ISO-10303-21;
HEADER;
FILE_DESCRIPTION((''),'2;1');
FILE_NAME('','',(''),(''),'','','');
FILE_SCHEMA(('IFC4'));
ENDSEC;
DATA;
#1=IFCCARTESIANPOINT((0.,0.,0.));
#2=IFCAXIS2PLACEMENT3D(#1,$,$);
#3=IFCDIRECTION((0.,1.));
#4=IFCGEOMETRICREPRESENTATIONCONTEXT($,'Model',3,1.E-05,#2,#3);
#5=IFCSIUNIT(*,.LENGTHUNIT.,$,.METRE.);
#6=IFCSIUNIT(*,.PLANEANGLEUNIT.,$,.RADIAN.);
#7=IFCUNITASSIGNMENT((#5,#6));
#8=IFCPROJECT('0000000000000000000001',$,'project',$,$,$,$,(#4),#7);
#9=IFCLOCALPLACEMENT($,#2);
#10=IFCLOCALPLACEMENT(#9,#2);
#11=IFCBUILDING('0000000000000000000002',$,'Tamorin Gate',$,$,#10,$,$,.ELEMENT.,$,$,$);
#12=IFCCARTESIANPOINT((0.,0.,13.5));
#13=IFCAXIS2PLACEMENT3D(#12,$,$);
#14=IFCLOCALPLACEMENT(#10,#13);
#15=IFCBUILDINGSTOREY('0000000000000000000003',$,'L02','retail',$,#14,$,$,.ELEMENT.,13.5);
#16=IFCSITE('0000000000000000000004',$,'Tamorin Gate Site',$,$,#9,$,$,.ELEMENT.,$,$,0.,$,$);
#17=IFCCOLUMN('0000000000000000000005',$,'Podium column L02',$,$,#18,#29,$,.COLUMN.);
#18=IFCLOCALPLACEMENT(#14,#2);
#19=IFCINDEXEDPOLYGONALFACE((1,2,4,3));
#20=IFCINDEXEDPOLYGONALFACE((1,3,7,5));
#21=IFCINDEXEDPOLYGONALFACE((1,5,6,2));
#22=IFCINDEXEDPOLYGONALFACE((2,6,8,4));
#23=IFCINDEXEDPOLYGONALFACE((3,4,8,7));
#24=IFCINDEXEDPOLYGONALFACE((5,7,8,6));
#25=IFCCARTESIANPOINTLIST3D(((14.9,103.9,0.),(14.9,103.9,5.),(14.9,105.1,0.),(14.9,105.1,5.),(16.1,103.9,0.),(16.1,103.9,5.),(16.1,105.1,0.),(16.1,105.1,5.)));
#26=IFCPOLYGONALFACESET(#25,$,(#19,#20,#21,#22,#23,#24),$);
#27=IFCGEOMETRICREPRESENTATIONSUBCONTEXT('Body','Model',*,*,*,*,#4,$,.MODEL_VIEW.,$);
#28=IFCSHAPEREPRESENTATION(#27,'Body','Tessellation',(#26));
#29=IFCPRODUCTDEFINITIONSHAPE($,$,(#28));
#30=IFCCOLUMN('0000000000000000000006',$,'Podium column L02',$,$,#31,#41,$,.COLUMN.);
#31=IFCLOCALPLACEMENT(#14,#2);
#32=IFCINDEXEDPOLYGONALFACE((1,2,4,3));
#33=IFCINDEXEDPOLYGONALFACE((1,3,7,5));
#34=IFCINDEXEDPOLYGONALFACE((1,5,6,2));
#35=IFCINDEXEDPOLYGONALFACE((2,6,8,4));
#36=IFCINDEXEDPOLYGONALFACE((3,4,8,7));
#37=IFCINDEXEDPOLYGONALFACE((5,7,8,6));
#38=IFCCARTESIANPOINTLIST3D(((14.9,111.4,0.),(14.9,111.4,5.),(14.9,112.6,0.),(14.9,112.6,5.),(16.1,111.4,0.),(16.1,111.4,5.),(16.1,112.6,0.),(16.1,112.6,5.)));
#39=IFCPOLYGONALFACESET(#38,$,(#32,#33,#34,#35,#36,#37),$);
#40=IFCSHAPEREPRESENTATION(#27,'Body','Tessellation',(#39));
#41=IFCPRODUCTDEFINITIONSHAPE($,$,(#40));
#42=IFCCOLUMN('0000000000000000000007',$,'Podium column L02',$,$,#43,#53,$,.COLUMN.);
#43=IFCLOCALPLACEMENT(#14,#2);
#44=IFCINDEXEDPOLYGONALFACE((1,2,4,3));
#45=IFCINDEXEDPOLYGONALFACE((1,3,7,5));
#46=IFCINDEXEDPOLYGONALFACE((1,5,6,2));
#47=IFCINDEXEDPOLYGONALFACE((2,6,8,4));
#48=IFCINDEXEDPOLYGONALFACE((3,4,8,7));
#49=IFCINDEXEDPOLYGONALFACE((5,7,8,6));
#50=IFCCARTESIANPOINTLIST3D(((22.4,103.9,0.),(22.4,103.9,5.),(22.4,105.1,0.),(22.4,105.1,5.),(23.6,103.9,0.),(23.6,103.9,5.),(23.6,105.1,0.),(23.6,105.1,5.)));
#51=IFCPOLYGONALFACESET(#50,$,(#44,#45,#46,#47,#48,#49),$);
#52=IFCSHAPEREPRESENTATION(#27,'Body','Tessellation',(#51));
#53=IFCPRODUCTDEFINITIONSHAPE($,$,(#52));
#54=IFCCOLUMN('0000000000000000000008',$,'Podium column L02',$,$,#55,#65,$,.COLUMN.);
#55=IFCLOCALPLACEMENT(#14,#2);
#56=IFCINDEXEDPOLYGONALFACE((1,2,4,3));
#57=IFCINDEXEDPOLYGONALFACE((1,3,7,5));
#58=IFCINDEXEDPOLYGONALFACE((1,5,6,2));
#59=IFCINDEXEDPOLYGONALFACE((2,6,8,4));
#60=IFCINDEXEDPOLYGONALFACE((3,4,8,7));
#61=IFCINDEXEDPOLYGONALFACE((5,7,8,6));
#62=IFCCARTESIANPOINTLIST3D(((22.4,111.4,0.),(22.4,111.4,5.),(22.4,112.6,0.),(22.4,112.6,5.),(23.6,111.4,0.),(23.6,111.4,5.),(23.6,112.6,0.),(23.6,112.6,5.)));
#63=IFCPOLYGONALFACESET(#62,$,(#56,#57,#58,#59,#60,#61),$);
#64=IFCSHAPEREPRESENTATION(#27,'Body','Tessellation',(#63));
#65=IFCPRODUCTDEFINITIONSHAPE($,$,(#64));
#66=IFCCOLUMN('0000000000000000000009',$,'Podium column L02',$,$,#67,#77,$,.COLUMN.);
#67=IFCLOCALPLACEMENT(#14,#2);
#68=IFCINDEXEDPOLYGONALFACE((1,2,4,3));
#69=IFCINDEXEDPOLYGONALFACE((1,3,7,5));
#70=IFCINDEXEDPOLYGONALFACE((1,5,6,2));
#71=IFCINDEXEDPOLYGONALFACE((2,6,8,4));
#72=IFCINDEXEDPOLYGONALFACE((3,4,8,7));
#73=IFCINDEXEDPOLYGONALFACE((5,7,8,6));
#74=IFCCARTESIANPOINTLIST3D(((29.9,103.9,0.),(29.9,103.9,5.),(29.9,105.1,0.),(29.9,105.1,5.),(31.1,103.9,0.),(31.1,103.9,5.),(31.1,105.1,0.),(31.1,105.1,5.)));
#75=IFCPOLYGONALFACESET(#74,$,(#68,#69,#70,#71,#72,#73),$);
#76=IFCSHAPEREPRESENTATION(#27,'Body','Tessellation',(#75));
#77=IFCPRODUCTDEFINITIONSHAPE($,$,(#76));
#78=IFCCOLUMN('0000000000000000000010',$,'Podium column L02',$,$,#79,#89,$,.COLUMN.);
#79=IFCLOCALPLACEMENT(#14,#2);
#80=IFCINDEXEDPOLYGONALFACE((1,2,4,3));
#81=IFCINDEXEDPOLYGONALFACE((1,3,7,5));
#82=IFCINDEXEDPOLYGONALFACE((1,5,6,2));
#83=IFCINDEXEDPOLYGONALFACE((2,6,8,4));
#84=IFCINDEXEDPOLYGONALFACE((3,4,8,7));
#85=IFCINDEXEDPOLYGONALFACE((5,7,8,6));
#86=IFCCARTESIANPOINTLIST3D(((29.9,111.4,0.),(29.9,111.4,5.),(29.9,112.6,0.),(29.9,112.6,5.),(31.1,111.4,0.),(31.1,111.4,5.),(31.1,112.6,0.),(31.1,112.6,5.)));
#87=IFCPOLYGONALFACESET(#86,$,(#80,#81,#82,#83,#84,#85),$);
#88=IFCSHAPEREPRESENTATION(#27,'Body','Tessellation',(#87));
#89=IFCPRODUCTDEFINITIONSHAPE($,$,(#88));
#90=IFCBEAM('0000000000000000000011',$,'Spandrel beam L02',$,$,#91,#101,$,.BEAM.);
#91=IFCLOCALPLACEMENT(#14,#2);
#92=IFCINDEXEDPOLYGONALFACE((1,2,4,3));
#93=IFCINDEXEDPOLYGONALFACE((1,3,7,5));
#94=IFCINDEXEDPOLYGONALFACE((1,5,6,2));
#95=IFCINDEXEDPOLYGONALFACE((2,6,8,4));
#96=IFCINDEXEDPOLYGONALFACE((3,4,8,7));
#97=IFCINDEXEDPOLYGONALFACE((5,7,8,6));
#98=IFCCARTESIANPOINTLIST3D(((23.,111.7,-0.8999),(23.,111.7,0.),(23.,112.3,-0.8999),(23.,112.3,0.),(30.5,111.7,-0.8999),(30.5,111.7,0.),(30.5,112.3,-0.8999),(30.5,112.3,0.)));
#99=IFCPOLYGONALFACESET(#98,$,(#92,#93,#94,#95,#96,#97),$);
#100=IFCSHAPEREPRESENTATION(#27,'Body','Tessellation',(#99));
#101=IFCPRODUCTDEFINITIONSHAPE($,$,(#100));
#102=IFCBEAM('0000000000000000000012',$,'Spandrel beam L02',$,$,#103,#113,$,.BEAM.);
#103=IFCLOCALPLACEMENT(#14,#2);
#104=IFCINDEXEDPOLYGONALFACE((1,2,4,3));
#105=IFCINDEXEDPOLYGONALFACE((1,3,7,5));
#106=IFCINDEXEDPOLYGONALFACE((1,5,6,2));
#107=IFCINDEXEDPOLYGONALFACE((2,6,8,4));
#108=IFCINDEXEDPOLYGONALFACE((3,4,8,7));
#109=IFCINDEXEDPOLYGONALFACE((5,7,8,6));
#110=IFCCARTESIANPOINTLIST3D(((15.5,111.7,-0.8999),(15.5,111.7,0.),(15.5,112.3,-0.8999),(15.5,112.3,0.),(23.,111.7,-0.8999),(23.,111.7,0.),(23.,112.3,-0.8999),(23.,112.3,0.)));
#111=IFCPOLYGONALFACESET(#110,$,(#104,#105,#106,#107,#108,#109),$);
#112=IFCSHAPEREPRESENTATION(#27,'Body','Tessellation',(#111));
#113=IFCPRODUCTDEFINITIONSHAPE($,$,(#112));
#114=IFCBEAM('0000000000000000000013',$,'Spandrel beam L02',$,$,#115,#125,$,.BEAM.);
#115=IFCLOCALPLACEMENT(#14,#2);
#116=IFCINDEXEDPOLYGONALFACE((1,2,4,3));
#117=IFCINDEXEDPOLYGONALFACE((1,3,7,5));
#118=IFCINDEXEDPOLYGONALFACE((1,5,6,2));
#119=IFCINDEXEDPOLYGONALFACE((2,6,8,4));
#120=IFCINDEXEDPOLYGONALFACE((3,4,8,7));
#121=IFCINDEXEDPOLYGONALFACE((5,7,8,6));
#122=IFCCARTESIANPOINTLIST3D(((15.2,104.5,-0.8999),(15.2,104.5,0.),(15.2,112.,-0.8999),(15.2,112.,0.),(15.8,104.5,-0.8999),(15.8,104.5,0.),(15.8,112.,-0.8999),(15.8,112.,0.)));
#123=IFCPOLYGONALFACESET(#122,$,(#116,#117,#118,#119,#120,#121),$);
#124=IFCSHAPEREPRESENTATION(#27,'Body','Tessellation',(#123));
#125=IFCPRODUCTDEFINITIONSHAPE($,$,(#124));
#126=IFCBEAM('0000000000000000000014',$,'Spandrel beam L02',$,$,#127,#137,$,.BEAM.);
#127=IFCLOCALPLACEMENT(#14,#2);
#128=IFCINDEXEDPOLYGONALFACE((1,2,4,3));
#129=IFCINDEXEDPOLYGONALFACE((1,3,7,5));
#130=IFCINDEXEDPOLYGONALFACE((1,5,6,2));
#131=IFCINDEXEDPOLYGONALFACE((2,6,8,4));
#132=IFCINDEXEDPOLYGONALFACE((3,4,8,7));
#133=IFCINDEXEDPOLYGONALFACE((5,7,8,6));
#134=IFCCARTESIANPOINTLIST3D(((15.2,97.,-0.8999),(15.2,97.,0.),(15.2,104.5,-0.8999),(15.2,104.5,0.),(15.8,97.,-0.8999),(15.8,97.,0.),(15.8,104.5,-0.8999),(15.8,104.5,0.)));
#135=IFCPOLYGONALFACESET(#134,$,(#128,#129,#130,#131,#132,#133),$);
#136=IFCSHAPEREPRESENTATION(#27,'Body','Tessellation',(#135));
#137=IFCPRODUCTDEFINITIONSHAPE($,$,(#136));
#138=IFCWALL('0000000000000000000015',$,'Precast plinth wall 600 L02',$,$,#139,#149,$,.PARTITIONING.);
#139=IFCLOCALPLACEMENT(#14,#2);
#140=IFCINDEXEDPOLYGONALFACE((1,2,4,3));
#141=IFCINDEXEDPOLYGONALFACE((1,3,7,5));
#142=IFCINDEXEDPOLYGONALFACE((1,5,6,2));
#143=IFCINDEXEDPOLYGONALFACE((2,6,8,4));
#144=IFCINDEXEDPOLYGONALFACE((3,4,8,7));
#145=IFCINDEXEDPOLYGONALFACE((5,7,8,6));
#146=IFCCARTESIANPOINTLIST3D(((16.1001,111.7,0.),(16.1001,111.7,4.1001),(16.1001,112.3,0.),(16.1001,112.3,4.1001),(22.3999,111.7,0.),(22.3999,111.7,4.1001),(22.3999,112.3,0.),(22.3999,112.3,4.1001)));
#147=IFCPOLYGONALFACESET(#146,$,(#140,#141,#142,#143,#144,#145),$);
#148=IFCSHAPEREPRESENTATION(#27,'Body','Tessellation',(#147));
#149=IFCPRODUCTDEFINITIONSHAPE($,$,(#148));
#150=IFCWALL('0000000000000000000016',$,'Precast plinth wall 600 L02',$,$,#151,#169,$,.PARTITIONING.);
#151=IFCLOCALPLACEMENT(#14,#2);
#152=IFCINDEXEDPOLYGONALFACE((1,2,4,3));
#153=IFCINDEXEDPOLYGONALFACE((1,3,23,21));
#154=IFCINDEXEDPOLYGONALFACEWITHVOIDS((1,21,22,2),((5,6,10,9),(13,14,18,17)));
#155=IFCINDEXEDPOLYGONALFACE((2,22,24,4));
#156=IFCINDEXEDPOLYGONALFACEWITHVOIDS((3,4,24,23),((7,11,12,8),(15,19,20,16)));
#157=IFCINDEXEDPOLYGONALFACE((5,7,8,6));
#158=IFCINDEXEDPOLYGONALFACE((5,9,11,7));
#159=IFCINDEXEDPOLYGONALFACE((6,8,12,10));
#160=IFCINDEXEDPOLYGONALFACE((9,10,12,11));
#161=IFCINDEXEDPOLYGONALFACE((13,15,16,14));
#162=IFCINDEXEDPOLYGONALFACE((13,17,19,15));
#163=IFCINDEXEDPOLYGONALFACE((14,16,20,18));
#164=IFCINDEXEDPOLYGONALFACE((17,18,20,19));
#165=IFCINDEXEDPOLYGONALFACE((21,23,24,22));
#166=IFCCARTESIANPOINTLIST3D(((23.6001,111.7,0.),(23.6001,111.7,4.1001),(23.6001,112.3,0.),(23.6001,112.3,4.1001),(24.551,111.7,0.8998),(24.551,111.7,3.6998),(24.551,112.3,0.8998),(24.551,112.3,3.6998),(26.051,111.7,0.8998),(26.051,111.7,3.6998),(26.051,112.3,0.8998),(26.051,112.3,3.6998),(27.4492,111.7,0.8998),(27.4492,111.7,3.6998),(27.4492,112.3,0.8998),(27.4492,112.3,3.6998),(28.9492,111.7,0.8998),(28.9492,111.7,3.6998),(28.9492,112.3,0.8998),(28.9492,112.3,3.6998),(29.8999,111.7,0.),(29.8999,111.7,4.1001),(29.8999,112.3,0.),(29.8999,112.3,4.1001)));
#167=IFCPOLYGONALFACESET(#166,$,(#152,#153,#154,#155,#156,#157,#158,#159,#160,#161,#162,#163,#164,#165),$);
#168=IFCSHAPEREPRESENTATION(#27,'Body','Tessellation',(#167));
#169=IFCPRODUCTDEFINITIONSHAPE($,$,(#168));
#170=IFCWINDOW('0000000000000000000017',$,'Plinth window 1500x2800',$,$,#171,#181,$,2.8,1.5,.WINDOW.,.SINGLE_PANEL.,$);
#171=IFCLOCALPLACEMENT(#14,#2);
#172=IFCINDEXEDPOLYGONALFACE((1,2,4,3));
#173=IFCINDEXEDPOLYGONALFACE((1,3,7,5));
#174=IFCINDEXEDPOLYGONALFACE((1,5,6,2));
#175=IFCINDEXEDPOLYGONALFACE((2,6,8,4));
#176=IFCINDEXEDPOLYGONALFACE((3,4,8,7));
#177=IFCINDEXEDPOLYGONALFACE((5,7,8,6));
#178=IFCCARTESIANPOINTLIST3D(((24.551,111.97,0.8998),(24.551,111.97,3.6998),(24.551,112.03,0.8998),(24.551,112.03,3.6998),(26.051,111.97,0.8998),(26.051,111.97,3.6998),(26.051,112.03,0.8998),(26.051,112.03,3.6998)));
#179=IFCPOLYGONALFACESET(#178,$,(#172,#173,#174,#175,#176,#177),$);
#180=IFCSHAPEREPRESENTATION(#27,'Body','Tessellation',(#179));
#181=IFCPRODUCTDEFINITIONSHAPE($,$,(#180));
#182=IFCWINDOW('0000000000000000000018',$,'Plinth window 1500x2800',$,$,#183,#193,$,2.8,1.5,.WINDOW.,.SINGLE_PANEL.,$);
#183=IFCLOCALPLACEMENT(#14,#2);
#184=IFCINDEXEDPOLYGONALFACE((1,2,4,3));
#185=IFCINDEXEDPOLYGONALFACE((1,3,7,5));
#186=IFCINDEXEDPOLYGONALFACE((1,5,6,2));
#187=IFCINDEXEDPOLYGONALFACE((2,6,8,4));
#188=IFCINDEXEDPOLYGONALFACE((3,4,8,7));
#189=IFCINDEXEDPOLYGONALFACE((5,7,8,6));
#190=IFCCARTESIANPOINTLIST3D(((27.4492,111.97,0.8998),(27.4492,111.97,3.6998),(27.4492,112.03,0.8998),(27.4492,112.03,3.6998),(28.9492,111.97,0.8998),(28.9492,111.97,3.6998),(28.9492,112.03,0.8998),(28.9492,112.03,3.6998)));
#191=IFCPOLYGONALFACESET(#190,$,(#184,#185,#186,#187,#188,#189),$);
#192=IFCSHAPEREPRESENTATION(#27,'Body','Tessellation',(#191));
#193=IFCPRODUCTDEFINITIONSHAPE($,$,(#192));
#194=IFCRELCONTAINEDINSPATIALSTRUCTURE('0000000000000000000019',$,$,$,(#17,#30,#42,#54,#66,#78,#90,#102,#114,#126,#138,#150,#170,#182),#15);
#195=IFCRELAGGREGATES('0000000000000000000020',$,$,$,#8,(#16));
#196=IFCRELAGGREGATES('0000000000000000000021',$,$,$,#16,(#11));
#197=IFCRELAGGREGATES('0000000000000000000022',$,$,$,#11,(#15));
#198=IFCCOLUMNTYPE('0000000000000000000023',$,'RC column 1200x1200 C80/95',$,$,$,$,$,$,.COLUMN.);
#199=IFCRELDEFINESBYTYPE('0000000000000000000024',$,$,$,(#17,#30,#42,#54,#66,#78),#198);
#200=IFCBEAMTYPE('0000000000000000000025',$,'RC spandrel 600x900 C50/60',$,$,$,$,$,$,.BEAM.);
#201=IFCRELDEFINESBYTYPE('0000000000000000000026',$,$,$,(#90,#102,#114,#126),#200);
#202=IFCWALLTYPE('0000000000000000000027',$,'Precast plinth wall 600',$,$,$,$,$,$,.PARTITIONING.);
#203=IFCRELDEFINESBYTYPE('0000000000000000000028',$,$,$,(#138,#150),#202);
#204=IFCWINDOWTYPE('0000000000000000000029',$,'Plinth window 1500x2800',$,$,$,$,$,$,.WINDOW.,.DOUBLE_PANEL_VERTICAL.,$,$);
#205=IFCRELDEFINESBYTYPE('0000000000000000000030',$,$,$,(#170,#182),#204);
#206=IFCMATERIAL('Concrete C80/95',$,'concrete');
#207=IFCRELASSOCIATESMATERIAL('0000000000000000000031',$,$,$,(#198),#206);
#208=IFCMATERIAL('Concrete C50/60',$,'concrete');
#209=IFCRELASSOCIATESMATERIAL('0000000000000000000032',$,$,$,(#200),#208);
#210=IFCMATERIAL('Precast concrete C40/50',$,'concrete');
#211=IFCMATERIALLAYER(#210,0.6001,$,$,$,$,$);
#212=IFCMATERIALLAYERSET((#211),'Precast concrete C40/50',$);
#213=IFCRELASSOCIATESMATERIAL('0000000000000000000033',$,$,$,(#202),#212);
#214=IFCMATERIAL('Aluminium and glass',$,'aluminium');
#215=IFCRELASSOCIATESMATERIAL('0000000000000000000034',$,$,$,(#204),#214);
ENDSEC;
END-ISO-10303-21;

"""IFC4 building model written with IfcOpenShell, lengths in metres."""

from ifc_helpers import new_model, si_unit, direction, frame, frame_2d, origin, origin_2d, place, context, subcontext, project, spatial, rectangle, extrude, material, layer, layer_set, material_profile, profile_set, type_object, element, fill, save


model = new_model("IFC4")

# Units and contexts
model_context = context("Model", 3, precision=1e-05, world=origin(), true_north=direction((0.0, 1.0)))
body_context = subcontext(model_context, "Body", "Model", "MODEL_VIEW")
ifc_project = project(units=[si_unit("LENGTHUNIT", "METRE"), si_unit("PLANEANGLEUNIT", "RADIAN")], contexts=[model_context])

# Site, building, storey
site_placement = place(None, origin())
site = spatial("IfcSite", under=ifc_project, at=site_placement, Name="Tamorin Gate Site", CompositionType="ELEMENT", RefElevation=0.0)
building_placement = place(site_placement, origin())
building = spatial("IfcBuilding", under=site, at=building_placement, Name="Tamorin Gate", CompositionType="ELEMENT")
storey_placement = place(building_placement, frame((0.0, 0.0, 13.5)))
storey = spatial("IfcBuildingStorey", under=building, at=storey_placement, Name="L02", Description="retail", CompositionType="ELEMENT", Elevation=13.5)

# Columns
ifc_material_1 = material(Name="Concrete C80/95", Category="concrete")
ifc_material_profile_1 = material_profile(ifc_material_1, rectangle(XDim=1.2, YDim=1.2, at=origin_2d()), Name="RC 1200x1200")
ifc_profile_set_1 = profile_set([ifc_material_profile_1], Name="Concrete C80/95")
column_type = type_object("IfcColumnType", Name="RC column 1200x1200 C80/95", PredefinedType="COLUMN", material=ifc_profile_set_1)
for number, where, z_axis, x_axis, name in (
    (1, (15.5, 104.5, 0.0), (0.0, 0.0, 1.0), (1.0, 0.0, 0.0), "Podium column L02"),
    (2, (15.5, 112.0, 0.0), (0.0, 0.0, 1.0), (1.0, 0.0, 0.0), "Podium column L02"),
    (3, (23.0, 104.5, 0.0), (0.0, 0.0, 1.0), (1.0, 0.0, 0.0), "Podium column L02"),
    (4, (23.0, 112.0, 0.0), (0.0, 0.0, 1.0), (1.0, 0.0, 0.0), "Podium column L02"),
    (5, (30.5, 104.5, 0.0), (0.0, 0.0, 1.0), (1.0, 0.0, 0.0), "Podium column L02"),
    (6, (30.5, 112.0, 0.0), (0.0, 0.0, 1.0), (1.0, 0.0, 0.0), "Podium column L02"),
):
    element("IfcColumn", number, at=place(storey_placement, frame(where, z_axis=z_axis, x_axis=x_axis)), inside=storey, type_object=column_type, Name=name, PredefinedType="COLUMN", context=body_context, shape_type="SweptSolid", body=[
        extrude(rectangle(XDim=1.2, YDim=1.2, at=origin_2d()), origin(), (0.0, 0.0, 1.0), 5.0),
    ])

# Beams
ifc_material_2 = material(Name="Concrete C50/60", Category="concrete")
ifc_material_profile_2 = material_profile(ifc_material_2, rectangle(XDim=0.6001, YDim=0.8999, at=origin_2d()), Name="RC 600x900")
ifc_profile_set_2 = profile_set([ifc_material_profile_2], Name="Concrete C50/60")
beam_type = type_object("IfcBeamType", Name="RC spandrel 600x900 C50/60", PredefinedType="BEAM", material=ifc_profile_set_2)
for number, where, z_axis, x_axis, name in (
    (7, (30.5, 112.0, -0.45), (-1.0, 0.0, 0.0), (0.0, -1.0, 0.0), "Spandrel beam L02"),
    (8, (23.0, 112.0, -0.45), (-1.0, 0.0, 0.0), (0.0, -1.0, 0.0), "Spandrel beam L02"),
    (9, (15.5, 112.0, -0.45), (0.0, -1.0, 0.0), (1.0, 0.0, 0.0), "Spandrel beam L02"),
    (10, (15.5, 104.5, -0.45), (0.0, -1.0, 0.0), (1.0, 0.0, 0.0), "Spandrel beam L02"),
):
    element("IfcBeam", number, at=place(storey_placement, frame(where, z_axis=z_axis, x_axis=x_axis)), inside=storey, type_object=beam_type, Name=name, PredefinedType="BEAM", context=body_context, shape_type="SweptSolid", body=[
        extrude(rectangle(XDim=0.6001, YDim=0.8999, at=origin_2d()), origin(), (0.0, 0.0, 1.0), 7.5),
    ])

# Wall
ifc_material_3 = material(Name="Precast concrete C40/50", Category="concrete")
ifc_layer_1 = layer(ifc_material_3, 0.6001)
ifc_layer_set_1 = layer_set([ifc_layer_1], Name="Precast concrete C40/50")
wall_type_1 = type_object("IfcWallType", Name="Precast plinth wall 600", PredefinedType="PARTITIONING", material=ifc_layer_set_1)
wall_1_placement = place(storey_placement, frame((16.1001, 112.0, 0.0), z_axis=(0.0, 0.0, 1.0), x_axis=(1.0, 0.0, 0.0)))
element("IfcWall", 11, at=wall_1_placement, inside=storey, type_object=wall_type_1, Name="Precast plinth wall 600 L02", PredefinedType="PARTITIONING", context=body_context, shape_type="SweptSolid", body=[
    extrude(rectangle(XDim=6.2998, YDim=0.6001, at=frame_2d((3.1499, 0.0))), origin(), (0.0, 0.0, 1.0), 4.1001),
])

# Wall, openings, windows
wall_2_placement = place(storey_placement, frame((23.6001, 112.0, 0.0), z_axis=(0.0, 0.0, 1.0), x_axis=(1.0, 0.0, 0.0)))
wall_2 = element("IfcWall", 12, at=wall_2_placement, inside=storey, type_object=wall_type_1, Name="Precast plinth wall 600 L02", PredefinedType="PARTITIONING", context=body_context, shape_type="SweptSolid", body=[
    extrude(rectangle(XDim=6.2998, YDim=0.6001, at=frame_2d((3.1499, 0.0))), origin(), (0.0, 0.0, 1.0), 4.1001),
])
opening_1_placement = place(wall_2_placement, frame((0.9509, 0.0, 0.8999)))
opening_1 = element("IfcOpeningElement", 13, at=opening_1_placement, cuts=wall_2, PredefinedType="OPENING", context=body_context, shape_type="SweptSolid", body=[
    extrude(rectangle(XDim=1.5, YDim=2.8, at=frame_2d((0.75, 1.3999))), frame((0.0, 0.3101, 0.0), z_axis=(0.0, -1.0, 0.0), x_axis=(1.0, 0.0, 0.0)), (0.0, 0.0, 1.0), 0.6201),
])
opening_2_placement = place(wall_2_placement, frame((3.8491, 0.0, 0.8999)))
opening_2 = element("IfcOpeningElement", 14, at=opening_2_placement, cuts=wall_2, PredefinedType="OPENING", context=body_context, shape_type="SweptSolid", body=[
    extrude(rectangle(XDim=1.5, YDim=2.8, at=frame_2d((0.75, 1.3999))), frame((0.0, 0.3101, 0.0), z_axis=(0.0, -1.0, 0.0), x_axis=(1.0, 0.0, 0.0)), (0.0, 0.0, 1.0), 0.6201),
])
ifc_material_4 = material(Name="Aluminium and glass", Category="aluminium")
window_type = type_object("IfcWindowType", Name="Plinth window 1500x2800", PartitioningType="DOUBLE_PANEL_VERTICAL", PredefinedType="WINDOW", material=ifc_material_4)
window_1_placement = place(opening_1_placement, origin())
window_1 = element("IfcWindow", 15, at=window_1_placement, inside=storey, type_object=window_type, Name="Plinth window 1500x2800", OverallHeight=2.8, OverallWidth=1.5, PartitioningType="SINGLE_PANEL", PredefinedType="WINDOW", context=body_context, shape_type="SweptSolid", body=[
    extrude(rectangle(XDim=1.5, YDim=2.8, at=frame_2d((0.75, 1.3999))), frame((0.0, 0.03, 0.0), z_axis=(0.0, -1.0, 0.0), x_axis=(1.0, 0.0, 0.0)), (0.0, 0.0, 1.0), 0.0601),
])
fill(opening_1, window_1)
window_2_placement = place(opening_2_placement, origin())
window_2 = element("IfcWindow", 16, at=window_2_placement, inside=storey, type_object=window_type, Name="Plinth window 1500x2800", OverallHeight=2.8, OverallWidth=1.5, PartitioningType="SINGLE_PANEL", PredefinedType="WINDOW", context=body_context, shape_type="SweptSolid", body=[
    extrude(rectangle(XDim=1.5, YDim=2.8, at=frame_2d((0.75, 1.3999))), frame((0.0, 0.03, 0.0), z_axis=(0.0, -1.0, 0.0), x_axis=(1.0, 0.0, 0.0)), (0.0, 0.0, 1.0), 0.0601),
])
fill(opening_2, window_2)

save(model, "model.ifc")
